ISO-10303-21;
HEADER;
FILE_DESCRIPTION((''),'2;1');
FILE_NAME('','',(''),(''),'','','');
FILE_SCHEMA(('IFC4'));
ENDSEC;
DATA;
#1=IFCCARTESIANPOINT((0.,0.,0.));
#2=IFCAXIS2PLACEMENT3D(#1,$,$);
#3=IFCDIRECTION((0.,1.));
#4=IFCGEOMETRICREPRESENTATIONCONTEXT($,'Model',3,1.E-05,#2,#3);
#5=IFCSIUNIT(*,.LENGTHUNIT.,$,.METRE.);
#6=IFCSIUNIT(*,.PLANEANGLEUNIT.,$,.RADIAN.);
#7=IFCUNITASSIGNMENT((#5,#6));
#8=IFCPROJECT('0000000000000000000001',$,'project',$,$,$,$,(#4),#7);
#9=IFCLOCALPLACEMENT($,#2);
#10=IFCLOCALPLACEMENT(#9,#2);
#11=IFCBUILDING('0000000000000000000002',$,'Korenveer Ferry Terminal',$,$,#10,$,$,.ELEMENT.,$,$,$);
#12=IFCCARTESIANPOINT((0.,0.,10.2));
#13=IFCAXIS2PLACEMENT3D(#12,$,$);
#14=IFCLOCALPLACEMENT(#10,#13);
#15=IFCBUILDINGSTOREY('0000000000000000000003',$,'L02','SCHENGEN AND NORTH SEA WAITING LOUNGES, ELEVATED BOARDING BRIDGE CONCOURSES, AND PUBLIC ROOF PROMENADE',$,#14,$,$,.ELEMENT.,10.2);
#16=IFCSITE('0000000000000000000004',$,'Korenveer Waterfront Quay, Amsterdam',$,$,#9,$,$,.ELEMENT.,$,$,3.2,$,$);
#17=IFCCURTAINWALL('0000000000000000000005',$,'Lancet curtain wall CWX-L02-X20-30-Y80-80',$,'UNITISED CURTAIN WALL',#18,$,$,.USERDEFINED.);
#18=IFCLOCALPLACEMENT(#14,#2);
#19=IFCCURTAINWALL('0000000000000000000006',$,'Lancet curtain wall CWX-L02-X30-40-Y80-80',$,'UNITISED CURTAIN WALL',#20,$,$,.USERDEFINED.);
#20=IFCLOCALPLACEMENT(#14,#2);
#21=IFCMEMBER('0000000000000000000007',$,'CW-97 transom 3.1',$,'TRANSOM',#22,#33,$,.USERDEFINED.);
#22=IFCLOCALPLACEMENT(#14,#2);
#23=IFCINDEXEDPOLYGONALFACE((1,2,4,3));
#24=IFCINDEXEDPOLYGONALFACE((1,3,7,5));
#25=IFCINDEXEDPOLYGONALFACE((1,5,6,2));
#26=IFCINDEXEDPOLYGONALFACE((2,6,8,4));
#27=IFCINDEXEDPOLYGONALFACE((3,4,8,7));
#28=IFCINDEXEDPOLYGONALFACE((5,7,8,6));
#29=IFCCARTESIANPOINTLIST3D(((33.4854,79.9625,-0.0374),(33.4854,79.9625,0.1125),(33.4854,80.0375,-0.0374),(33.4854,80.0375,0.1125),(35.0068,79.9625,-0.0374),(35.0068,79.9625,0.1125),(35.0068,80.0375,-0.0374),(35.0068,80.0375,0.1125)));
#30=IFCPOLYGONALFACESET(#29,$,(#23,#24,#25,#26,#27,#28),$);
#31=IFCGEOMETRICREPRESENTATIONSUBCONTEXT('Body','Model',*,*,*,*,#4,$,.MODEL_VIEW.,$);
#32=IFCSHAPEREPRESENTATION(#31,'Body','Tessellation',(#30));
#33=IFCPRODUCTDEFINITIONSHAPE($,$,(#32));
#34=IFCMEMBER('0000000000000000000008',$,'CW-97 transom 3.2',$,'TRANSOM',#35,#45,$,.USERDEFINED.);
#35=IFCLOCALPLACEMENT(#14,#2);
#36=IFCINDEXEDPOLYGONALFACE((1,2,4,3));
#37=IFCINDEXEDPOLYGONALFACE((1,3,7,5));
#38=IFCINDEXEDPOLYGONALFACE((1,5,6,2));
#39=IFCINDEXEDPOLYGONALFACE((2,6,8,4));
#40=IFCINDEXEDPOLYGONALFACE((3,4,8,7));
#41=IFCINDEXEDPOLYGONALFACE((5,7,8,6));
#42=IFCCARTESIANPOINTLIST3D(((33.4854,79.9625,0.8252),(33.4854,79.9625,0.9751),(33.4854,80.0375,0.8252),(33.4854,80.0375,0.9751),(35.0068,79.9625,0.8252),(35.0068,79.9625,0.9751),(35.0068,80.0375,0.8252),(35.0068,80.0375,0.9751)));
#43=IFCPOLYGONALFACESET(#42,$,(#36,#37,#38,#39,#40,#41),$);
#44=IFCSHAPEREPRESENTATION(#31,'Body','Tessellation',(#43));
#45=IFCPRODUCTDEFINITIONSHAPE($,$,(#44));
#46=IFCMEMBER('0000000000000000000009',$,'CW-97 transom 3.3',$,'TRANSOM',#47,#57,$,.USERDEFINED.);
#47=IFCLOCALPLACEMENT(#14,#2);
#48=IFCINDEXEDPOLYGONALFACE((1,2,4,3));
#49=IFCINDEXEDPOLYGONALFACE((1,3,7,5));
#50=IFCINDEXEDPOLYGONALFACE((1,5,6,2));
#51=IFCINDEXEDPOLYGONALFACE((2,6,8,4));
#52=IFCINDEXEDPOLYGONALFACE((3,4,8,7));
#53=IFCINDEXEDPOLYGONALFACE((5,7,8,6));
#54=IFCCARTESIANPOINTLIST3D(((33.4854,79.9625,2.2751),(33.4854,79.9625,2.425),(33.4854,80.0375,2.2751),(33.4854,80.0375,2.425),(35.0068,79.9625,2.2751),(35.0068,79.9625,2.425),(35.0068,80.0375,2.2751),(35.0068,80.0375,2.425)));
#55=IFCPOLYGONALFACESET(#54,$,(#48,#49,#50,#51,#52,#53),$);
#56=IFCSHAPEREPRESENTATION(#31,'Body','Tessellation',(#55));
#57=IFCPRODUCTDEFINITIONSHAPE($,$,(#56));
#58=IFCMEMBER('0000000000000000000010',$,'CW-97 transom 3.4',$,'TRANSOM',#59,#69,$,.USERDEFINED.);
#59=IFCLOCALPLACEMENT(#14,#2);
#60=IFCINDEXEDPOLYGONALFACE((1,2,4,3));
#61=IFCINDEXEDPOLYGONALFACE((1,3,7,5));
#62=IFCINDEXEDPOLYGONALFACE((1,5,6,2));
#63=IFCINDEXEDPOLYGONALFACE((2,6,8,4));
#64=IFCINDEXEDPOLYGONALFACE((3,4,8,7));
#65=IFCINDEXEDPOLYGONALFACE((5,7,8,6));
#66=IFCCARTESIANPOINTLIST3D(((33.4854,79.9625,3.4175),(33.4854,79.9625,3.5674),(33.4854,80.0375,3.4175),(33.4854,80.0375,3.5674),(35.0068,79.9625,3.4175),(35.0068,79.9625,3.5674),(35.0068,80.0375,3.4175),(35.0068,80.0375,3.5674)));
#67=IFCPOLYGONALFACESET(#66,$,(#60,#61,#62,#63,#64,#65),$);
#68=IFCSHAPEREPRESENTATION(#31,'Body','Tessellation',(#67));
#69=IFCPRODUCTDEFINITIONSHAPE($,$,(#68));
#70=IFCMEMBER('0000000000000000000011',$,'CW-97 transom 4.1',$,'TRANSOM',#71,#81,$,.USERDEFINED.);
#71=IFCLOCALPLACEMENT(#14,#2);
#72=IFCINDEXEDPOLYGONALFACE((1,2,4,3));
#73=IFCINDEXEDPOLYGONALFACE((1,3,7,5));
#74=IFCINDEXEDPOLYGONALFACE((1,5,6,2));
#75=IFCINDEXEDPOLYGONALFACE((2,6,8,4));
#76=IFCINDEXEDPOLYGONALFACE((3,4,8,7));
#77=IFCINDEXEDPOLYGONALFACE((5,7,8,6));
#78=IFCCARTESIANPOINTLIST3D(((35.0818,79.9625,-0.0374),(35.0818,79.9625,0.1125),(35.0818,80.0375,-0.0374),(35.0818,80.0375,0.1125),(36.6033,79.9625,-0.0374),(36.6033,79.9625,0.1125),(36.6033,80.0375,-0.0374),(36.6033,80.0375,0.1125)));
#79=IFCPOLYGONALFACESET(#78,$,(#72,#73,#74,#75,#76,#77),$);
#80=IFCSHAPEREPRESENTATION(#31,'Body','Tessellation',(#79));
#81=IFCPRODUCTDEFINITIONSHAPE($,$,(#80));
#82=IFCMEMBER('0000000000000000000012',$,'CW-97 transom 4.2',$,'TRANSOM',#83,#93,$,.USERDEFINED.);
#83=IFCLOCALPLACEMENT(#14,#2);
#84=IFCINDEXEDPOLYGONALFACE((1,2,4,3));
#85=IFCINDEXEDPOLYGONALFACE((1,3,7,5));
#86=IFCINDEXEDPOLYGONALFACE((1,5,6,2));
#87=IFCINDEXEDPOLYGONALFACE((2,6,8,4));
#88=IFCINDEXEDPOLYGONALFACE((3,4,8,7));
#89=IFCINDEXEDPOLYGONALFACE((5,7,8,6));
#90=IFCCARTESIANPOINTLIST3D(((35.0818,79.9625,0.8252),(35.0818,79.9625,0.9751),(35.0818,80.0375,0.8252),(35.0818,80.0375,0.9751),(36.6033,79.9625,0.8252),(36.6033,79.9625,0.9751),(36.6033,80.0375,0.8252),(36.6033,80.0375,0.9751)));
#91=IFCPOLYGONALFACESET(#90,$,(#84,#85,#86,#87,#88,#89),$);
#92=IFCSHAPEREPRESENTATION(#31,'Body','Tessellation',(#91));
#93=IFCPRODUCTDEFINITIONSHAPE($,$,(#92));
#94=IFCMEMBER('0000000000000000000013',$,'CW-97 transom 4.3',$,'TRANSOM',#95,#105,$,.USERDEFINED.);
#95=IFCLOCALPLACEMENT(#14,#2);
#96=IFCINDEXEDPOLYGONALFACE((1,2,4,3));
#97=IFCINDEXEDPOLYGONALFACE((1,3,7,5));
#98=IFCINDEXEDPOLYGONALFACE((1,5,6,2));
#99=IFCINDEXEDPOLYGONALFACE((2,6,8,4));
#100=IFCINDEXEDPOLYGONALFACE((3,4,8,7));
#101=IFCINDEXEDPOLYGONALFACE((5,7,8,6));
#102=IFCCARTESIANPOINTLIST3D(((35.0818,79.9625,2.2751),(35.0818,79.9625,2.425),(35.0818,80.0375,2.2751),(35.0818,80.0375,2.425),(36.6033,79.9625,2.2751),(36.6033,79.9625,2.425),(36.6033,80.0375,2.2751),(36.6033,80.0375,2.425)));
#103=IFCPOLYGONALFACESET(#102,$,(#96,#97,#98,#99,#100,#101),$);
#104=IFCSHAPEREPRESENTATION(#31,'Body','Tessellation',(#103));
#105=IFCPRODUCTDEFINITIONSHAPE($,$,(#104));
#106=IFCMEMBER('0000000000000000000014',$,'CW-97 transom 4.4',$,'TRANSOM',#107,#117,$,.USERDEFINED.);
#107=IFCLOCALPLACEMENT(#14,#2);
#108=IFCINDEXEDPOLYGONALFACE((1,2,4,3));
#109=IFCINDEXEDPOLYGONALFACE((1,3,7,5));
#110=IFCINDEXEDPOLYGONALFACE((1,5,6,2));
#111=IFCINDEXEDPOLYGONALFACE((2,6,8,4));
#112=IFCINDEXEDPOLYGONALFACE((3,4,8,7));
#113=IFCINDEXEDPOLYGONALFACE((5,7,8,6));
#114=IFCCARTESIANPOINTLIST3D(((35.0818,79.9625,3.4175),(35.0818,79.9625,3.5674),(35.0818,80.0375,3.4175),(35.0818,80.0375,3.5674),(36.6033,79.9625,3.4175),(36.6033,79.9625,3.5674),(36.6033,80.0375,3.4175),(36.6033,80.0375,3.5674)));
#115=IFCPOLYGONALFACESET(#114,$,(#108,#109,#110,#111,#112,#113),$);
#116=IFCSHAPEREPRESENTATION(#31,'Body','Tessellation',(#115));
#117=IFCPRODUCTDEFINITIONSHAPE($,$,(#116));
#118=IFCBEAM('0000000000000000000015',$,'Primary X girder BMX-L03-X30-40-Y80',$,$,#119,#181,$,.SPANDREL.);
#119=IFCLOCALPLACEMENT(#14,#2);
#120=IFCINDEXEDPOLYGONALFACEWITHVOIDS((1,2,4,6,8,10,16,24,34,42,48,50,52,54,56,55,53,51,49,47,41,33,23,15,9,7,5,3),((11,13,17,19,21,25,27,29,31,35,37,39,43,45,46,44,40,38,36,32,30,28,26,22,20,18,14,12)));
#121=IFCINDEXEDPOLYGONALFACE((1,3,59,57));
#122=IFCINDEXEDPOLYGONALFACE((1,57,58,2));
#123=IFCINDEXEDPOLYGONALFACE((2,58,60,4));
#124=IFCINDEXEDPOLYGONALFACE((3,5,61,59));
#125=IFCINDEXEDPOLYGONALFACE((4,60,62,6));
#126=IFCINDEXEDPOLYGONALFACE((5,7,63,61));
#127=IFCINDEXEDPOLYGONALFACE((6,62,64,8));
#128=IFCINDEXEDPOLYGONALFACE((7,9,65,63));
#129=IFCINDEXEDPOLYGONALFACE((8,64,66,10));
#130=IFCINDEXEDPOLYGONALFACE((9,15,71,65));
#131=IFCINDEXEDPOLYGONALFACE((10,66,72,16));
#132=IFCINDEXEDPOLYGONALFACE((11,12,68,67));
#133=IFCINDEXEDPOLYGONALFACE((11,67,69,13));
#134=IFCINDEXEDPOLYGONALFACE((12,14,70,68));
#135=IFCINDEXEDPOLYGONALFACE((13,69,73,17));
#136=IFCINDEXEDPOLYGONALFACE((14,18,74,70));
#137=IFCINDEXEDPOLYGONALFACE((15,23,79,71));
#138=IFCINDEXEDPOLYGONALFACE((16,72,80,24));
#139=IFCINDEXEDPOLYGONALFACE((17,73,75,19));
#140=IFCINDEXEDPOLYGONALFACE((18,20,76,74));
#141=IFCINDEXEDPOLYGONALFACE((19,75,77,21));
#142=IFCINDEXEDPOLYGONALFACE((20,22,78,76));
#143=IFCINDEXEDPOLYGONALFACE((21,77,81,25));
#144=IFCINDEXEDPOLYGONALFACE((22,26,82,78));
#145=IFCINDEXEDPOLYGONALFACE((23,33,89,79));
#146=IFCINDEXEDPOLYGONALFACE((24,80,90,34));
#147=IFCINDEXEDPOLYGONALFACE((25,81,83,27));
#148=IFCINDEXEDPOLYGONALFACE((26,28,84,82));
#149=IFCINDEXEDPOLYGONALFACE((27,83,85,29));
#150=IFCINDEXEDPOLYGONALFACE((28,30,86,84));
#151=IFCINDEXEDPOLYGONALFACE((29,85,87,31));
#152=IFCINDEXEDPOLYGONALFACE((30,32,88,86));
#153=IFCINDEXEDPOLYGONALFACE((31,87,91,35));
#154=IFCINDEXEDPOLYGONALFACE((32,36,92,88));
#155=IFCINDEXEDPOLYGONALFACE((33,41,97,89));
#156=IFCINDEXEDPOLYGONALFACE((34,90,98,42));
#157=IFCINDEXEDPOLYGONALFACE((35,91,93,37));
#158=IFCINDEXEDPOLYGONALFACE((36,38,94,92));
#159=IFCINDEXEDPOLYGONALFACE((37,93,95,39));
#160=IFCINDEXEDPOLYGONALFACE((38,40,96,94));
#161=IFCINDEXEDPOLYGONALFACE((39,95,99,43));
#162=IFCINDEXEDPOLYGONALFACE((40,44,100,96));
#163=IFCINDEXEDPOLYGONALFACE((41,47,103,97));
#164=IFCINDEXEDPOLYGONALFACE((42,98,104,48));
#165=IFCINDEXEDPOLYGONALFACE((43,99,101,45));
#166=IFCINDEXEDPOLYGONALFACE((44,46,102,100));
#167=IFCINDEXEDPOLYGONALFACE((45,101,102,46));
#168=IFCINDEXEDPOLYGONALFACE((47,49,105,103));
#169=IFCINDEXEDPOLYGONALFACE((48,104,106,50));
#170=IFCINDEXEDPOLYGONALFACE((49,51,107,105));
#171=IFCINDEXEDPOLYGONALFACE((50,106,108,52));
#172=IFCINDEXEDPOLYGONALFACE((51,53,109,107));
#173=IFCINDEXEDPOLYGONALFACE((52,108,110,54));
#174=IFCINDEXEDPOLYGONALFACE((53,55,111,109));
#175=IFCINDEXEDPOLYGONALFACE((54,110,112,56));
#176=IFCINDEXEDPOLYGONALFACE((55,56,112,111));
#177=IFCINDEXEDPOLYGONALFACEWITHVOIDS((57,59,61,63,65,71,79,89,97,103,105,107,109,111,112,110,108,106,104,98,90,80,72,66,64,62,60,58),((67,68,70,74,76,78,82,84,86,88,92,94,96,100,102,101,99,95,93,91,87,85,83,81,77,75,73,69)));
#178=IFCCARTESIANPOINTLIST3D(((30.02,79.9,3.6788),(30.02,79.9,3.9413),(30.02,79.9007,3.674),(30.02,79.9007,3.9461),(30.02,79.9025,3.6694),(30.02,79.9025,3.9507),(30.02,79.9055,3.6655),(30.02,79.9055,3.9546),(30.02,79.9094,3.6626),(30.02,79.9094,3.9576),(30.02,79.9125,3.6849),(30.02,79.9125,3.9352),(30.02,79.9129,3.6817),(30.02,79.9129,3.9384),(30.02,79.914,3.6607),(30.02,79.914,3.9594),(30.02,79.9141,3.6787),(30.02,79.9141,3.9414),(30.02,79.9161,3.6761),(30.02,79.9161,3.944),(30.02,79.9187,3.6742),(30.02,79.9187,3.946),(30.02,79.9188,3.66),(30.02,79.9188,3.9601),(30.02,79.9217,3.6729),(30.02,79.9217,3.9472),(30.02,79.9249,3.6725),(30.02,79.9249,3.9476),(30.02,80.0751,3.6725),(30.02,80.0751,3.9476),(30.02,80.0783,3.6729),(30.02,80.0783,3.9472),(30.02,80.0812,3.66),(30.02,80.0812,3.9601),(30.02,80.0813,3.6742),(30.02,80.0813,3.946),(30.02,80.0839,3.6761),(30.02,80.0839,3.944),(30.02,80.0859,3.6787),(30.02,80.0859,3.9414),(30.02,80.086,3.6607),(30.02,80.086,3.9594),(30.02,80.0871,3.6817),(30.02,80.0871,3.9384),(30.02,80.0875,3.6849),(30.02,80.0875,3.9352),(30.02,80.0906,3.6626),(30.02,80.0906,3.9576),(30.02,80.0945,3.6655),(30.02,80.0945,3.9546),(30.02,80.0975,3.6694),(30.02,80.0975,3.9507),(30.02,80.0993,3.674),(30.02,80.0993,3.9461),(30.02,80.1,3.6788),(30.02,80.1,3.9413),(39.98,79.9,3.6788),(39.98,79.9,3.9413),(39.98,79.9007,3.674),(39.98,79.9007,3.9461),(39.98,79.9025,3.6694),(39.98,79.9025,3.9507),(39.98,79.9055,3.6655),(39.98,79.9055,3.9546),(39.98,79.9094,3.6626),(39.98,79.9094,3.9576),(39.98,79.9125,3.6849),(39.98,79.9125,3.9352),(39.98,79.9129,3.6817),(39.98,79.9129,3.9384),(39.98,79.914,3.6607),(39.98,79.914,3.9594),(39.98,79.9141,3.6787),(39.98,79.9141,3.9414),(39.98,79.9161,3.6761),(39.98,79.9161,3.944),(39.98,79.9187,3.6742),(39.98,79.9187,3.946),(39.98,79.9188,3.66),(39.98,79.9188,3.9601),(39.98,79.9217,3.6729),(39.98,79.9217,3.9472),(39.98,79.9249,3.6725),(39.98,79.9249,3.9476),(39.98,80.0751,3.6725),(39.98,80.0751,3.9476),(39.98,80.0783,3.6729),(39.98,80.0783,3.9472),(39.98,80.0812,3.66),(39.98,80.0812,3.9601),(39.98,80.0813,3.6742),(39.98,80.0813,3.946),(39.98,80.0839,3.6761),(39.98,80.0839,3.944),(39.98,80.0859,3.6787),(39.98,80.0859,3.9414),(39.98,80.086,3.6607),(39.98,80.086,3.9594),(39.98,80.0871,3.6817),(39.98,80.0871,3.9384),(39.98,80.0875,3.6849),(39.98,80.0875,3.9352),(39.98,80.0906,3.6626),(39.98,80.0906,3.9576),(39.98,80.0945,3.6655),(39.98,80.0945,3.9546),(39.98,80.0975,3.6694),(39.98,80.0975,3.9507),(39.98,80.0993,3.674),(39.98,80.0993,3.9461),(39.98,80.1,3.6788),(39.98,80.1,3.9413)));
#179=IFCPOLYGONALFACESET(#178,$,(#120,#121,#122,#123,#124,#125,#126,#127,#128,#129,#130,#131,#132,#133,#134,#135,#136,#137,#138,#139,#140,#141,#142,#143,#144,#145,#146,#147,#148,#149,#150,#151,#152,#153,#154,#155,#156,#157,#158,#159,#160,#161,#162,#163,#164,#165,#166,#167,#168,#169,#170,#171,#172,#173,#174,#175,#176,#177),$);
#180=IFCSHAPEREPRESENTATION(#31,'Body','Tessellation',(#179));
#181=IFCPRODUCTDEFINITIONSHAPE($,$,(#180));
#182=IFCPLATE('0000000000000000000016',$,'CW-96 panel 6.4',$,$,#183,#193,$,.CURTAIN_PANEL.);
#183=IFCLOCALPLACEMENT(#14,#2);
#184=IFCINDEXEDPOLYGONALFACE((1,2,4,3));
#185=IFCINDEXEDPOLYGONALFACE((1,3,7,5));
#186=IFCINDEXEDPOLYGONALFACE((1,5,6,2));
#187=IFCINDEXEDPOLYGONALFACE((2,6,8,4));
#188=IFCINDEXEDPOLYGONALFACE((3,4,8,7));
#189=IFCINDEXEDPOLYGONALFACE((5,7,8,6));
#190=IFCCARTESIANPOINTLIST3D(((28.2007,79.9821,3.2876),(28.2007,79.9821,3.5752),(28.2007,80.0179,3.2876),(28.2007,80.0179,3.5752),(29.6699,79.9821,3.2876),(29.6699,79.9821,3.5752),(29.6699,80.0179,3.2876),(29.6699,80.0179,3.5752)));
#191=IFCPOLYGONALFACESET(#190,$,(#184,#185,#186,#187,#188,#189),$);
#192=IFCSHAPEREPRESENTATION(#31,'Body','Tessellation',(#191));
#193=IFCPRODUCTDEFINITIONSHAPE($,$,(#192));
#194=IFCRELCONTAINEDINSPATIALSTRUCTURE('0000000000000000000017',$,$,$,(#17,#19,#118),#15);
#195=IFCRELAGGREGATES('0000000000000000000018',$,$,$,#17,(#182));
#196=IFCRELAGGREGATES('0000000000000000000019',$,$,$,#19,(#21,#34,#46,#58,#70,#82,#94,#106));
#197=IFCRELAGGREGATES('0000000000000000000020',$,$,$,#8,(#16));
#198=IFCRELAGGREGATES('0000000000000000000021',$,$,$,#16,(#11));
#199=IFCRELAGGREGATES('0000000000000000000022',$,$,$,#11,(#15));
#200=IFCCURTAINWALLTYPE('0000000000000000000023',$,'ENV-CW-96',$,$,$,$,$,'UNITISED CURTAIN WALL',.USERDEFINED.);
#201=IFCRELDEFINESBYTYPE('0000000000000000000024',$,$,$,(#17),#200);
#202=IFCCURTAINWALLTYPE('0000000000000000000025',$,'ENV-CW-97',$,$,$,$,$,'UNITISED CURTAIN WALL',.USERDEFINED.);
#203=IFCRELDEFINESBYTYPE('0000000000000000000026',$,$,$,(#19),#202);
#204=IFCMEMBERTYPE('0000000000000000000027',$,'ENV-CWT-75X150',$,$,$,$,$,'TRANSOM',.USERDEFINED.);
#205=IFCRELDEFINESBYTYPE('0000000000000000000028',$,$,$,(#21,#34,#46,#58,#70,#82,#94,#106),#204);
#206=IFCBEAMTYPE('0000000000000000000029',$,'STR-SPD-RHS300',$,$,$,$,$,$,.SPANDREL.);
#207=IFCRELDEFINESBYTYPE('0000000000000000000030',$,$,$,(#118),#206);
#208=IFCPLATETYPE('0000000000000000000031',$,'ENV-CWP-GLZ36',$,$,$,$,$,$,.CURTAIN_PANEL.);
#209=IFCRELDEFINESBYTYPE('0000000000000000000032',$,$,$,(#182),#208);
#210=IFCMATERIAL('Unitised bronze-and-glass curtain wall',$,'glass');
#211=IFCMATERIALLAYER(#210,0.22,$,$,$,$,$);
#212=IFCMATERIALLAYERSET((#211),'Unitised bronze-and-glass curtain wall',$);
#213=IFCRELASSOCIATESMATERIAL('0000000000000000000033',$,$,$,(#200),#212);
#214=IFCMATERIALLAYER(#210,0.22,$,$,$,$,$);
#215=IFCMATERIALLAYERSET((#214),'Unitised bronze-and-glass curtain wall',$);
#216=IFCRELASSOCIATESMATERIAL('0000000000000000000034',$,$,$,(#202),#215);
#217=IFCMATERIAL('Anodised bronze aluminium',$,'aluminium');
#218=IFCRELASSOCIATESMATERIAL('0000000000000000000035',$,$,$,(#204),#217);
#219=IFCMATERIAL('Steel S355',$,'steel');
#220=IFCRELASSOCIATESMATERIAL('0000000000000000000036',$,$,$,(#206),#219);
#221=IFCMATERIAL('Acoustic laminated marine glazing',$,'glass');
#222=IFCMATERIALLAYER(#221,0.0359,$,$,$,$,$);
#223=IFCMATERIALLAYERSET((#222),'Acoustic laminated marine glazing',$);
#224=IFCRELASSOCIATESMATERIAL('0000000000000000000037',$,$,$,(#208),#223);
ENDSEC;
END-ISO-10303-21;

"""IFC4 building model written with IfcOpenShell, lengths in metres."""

from ifc_helpers import new_model, si_unit, direction, frame, origin, origin_2d, place, context, subcontext, project, spatial, rectangle, hollow_rectangle, extrude, material, layer, layer_set, material_profile, profile_set, type_object, element, aggregate, save


model = new_model("IFC4")

# Units and contexts
model_context = context("Model", 3, precision=1e-05, world=origin(), true_north=direction((0.0, 1.0)))
body_context = subcontext(model_context, "Body", "Model", "MODEL_VIEW")
ifc_project = project(units=[si_unit("LENGTHUNIT", "METRE"), si_unit("PLANEANGLEUNIT", "RADIAN")], contexts=[model_context])

# Site, building, storey
site_placement = place(None, origin())
site = spatial("IfcSite", under=ifc_project, at=site_placement, Name="Korenveer Waterfront Quay, Amsterdam", CompositionType="ELEMENT", RefElevation=3.2)
building_placement = place(site_placement, origin())
building = spatial("IfcBuilding", under=site, at=building_placement, Name="Korenveer Ferry Terminal", CompositionType="ELEMENT")
storey_placement = place(building_placement, frame((0.0, 0.0, 10.2)))
storey = spatial("IfcBuildingStorey", under=building, at=storey_placement, Name="L02", Description="SCHENGEN AND NORTH SEA WAITING LOUNGES, ELEVATED BOARDING BRIDGE CONCOURSES, AND PUBLIC ROOF PROMENADE", CompositionType="ELEMENT", Elevation=10.2)

# Curtain wall
ifc_material_1 = material(Name="Unitised bronze-and-glass curtain wall", Category="glass")
ifc_layer_1 = layer(ifc_material_1, 0.22)
ifc_layer_set_1 = layer_set([ifc_layer_1], Name="Unitised bronze-and-glass curtain wall")
curtain_wall_type_1 = type_object("IfcCurtainWallType", Name="ENV-CW-96", ElementType="UNITISED CURTAIN WALL", PredefinedType="USERDEFINED", material=ifc_layer_set_1)
curtain_wall_1_placement = place(storey_placement, frame((20.2549, 80.0, 0.0)))
curtain_wall_1 = element("IfcCurtainWall", 1, at=curtain_wall_1_placement, inside=storey, type_object=curtain_wall_type_1, Name="Lancet curtain wall CWX-L02-X20-30-Y80-80", ObjectType="UNITISED CURTAIN WALL", PredefinedType="USERDEFINED")
ifc_material_2 = material(Name="Anodised bronze aluminium", Category="aluminium")

# Curtain wall, members
ifc_layer_2 = layer(ifc_material_1, 0.22)
ifc_layer_set_2 = layer_set([ifc_layer_2], Name="Unitised bronze-and-glass curtain wall")
curtain_wall_type_2 = type_object("IfcCurtainWallType", Name="ENV-CW-97", ElementType="UNITISED CURTAIN WALL", PredefinedType="USERDEFINED", material=ifc_layer_set_2)
curtain_wall_2_placement = place(storey_placement, frame((30.2549, 80.0, 0.0)))
curtain_wall_2 = element("IfcCurtainWall", 2, at=curtain_wall_2_placement, inside=storey, type_object=curtain_wall_type_2, Name="Lancet curtain wall CWX-L02-X30-40-Y80-80", ObjectType="UNITISED CURTAIN WALL", PredefinedType="USERDEFINED")
ifc_material_profile_1 = material_profile(ifc_material_2, rectangle(XDim=0.075, YDim=0.1499, at=origin_2d()), Name="ALU 75x150")
ifc_profile_set_1 = profile_set([ifc_material_profile_1], Name="Anodised bronze aluminium")
member_type_1 = type_object("IfcMemberType", Name="ENV-CWT-75X150", ElementType="TRANSOM", PredefinedType="USERDEFINED", material=ifc_profile_set_1)
member_1_placement = place(storey_placement, frame((33.4854, 80.0, 0.0376), z_axis=(1.0, 0.0, 0.0), x_axis=(0.0, 1.0, 0.0)))
member_1 = element("IfcMember", 3, at=member_1_placement, type_object=member_type_1, Name="CW-97 transom 3.1", ObjectType="TRANSOM", PredefinedType="USERDEFINED", context=body_context, shape_type="SweptSolid", body=[
    extrude(rectangle(XDim=0.075, YDim=0.1499, at=origin_2d()), origin(), (0.0, 0.0, 1.0), 1.5215),
])
member_2_placement = place(storey_placement, frame((33.4854, 80.0, 0.9001), z_axis=(1.0, 0.0, 0.0), x_axis=(0.0, 1.0, 0.0)))
member_2 = element("IfcMember", 4, at=member_2_placement, type_object=member_type_1, Name="CW-97 transom 3.2", ObjectType="TRANSOM", PredefinedType="USERDEFINED", context=body_context, shape_type="SweptSolid", body=[
    extrude(rectangle(XDim=0.075, YDim=0.1499, at=origin_2d()), origin(), (0.0, 0.0, 1.0), 1.5215),
])
member_3_placement = place(storey_placement, frame((33.4854, 80.0, 2.3501), z_axis=(1.0, 0.0, 0.0), x_axis=(0.0, 1.0, 0.0)))
member_3 = element("IfcMember", 5, at=member_3_placement, type_object=member_type_1, Name="CW-97 transom 3.3", ObjectType="TRANSOM", PredefinedType="USERDEFINED", context=body_context, shape_type="SweptSolid", body=[
    extrude(rectangle(XDim=0.075, YDim=0.1499, at=origin_2d()), origin(), (0.0, 0.0, 1.0), 1.5215),
])
member_4_placement = place(storey_placement, frame((33.4854, 80.0, 3.4924), z_axis=(1.0, 0.0, 0.0), x_axis=(0.0, 1.0, 0.0)))
member_4 = element("IfcMember", 6, at=member_4_placement, type_object=member_type_1, Name="CW-97 transom 3.4", ObjectType="TRANSOM", PredefinedType="USERDEFINED", context=body_context, shape_type="SweptSolid", body=[
    extrude(rectangle(XDim=0.075, YDim=0.1499, at=origin_2d()), origin(), (0.0, 0.0, 1.0), 1.5215),
])
member_5_placement = place(storey_placement, frame((35.0818, 80.0, 0.0376), z_axis=(1.0, 0.0, 0.0), x_axis=(0.0, 1.0, 0.0)))
member_5 = element("IfcMember", 7, at=member_5_placement, type_object=member_type_1, Name="CW-97 transom 4.1", ObjectType="TRANSOM", PredefinedType="USERDEFINED", context=body_context, shape_type="SweptSolid", body=[
    extrude(rectangle(XDim=0.075, YDim=0.1499, at=origin_2d()), origin(), (0.0, 0.0, 1.0), 1.5215),
])
member_6_placement = place(storey_placement, frame((35.0818, 80.0, 0.9001), z_axis=(1.0, 0.0, 0.0), x_axis=(0.0, 1.0, 0.0)))
member_6 = element("IfcMember", 8, at=member_6_placement, type_object=member_type_1, Name="CW-97 transom 4.2", ObjectType="TRANSOM", PredefinedType="USERDEFINED", context=body_context, shape_type="SweptSolid", body=[
    extrude(rectangle(XDim=0.075, YDim=0.1499, at=origin_2d()), origin(), (0.0, 0.0, 1.0), 1.5215),
])
member_7_placement = place(storey_placement, frame((35.0818, 80.0, 2.3501), z_axis=(1.0, 0.0, 0.0), x_axis=(0.0, 1.0, 0.0)))
member_7 = element("IfcMember", 9, at=member_7_placement, type_object=member_type_1, Name="CW-97 transom 4.3", ObjectType="TRANSOM", PredefinedType="USERDEFINED", context=body_context, shape_type="SweptSolid", body=[
    extrude(rectangle(XDim=0.075, YDim=0.1499, at=origin_2d()), origin(), (0.0, 0.0, 1.0), 1.5215),
])
member_8_placement = place(storey_placement, frame((35.0818, 80.0, 3.4924), z_axis=(1.0, 0.0, 0.0), x_axis=(0.0, 1.0, 0.0)))
member_8 = element("IfcMember", 10, at=member_8_placement, type_object=member_type_1, Name="CW-97 transom 4.4", ObjectType="TRANSOM", PredefinedType="USERDEFINED", context=body_context, shape_type="SweptSolid", body=[
    extrude(rectangle(XDim=0.075, YDim=0.1499, at=origin_2d()), origin(), (0.0, 0.0, 1.0), 1.5215),
])

# Beam
ifc_material_3 = material(Name="Steel S355", Category="steel")
ifc_material_profile_2 = material_profile(ifc_material_3, hollow_rectangle(XDim=0.2, YDim=0.3, WallThickness=0.0125, InnerFilletRadius=0.0125, OuterFilletRadius=0.0188, at=origin_2d()), Name="RHS 300x200x12.5")
ifc_profile_set_2 = profile_set([ifc_material_profile_2], Name="Steel S355")
beam_type = type_object("IfcBeamType", Name="STR-SPD-RHS300", PredefinedType="SPANDREL", material=ifc_profile_set_2)
beam_placement = place(storey_placement, frame((30.02, 80.0, 3.8101), z_axis=(1.0, 0.0, 0.0), x_axis=(0.0, 1.0, 0.0)))
element("IfcBeam", 11, at=beam_placement, inside=storey, type_object=beam_type, Name="Primary X girder BMX-L03-X30-40-Y80", PredefinedType="SPANDREL", context=body_context, shape_type="SweptSolid", body=[
    extrude(hollow_rectangle(XDim=0.2, YDim=0.3, WallThickness=0.0125, InnerFilletRadius=0.0125, OuterFilletRadius=0.0188, at=origin_2d()), origin(), (0.0, 0.0, 1.0), 9.96),
])

# Plate
ifc_material_4 = material(Name="Acoustic laminated marine glazing", Category="glass")
ifc_layer_3 = layer(ifc_material_4, 0.0359)
ifc_layer_set_3 = layer_set([ifc_layer_3], Name="Acoustic laminated marine glazing")
plate_type = type_object("IfcPlateType", Name="ENV-CWP-GLZ36", PredefinedType="CURTAIN_PANEL", material=ifc_layer_set_3)
plate_1_placement = place(storey_placement, frame((28.9353, 80.0, 3.2876), z_axis=(0.0, 0.0, 1.0), x_axis=(1.0, 0.0, 0.0)))
plate_1 = element("IfcPlate", 12, at=plate_1_placement, type_object=plate_type, Name="CW-96 panel 6.4", PredefinedType="CURTAIN_PANEL", context=body_context, shape_type="SweptSolid", body=[
    extrude(rectangle(XDim=1.4692, YDim=0.0359, at=origin_2d()), origin(), (0.0, 0.0, 1.0), 0.2876),
])
aggregate(curtain_wall_1, [plate_1])
aggregate(curtain_wall_2, [member_1, member_2, member_3, member_4, member_5, member_6, member_7, member_8])

save(model, "model.ifc")
